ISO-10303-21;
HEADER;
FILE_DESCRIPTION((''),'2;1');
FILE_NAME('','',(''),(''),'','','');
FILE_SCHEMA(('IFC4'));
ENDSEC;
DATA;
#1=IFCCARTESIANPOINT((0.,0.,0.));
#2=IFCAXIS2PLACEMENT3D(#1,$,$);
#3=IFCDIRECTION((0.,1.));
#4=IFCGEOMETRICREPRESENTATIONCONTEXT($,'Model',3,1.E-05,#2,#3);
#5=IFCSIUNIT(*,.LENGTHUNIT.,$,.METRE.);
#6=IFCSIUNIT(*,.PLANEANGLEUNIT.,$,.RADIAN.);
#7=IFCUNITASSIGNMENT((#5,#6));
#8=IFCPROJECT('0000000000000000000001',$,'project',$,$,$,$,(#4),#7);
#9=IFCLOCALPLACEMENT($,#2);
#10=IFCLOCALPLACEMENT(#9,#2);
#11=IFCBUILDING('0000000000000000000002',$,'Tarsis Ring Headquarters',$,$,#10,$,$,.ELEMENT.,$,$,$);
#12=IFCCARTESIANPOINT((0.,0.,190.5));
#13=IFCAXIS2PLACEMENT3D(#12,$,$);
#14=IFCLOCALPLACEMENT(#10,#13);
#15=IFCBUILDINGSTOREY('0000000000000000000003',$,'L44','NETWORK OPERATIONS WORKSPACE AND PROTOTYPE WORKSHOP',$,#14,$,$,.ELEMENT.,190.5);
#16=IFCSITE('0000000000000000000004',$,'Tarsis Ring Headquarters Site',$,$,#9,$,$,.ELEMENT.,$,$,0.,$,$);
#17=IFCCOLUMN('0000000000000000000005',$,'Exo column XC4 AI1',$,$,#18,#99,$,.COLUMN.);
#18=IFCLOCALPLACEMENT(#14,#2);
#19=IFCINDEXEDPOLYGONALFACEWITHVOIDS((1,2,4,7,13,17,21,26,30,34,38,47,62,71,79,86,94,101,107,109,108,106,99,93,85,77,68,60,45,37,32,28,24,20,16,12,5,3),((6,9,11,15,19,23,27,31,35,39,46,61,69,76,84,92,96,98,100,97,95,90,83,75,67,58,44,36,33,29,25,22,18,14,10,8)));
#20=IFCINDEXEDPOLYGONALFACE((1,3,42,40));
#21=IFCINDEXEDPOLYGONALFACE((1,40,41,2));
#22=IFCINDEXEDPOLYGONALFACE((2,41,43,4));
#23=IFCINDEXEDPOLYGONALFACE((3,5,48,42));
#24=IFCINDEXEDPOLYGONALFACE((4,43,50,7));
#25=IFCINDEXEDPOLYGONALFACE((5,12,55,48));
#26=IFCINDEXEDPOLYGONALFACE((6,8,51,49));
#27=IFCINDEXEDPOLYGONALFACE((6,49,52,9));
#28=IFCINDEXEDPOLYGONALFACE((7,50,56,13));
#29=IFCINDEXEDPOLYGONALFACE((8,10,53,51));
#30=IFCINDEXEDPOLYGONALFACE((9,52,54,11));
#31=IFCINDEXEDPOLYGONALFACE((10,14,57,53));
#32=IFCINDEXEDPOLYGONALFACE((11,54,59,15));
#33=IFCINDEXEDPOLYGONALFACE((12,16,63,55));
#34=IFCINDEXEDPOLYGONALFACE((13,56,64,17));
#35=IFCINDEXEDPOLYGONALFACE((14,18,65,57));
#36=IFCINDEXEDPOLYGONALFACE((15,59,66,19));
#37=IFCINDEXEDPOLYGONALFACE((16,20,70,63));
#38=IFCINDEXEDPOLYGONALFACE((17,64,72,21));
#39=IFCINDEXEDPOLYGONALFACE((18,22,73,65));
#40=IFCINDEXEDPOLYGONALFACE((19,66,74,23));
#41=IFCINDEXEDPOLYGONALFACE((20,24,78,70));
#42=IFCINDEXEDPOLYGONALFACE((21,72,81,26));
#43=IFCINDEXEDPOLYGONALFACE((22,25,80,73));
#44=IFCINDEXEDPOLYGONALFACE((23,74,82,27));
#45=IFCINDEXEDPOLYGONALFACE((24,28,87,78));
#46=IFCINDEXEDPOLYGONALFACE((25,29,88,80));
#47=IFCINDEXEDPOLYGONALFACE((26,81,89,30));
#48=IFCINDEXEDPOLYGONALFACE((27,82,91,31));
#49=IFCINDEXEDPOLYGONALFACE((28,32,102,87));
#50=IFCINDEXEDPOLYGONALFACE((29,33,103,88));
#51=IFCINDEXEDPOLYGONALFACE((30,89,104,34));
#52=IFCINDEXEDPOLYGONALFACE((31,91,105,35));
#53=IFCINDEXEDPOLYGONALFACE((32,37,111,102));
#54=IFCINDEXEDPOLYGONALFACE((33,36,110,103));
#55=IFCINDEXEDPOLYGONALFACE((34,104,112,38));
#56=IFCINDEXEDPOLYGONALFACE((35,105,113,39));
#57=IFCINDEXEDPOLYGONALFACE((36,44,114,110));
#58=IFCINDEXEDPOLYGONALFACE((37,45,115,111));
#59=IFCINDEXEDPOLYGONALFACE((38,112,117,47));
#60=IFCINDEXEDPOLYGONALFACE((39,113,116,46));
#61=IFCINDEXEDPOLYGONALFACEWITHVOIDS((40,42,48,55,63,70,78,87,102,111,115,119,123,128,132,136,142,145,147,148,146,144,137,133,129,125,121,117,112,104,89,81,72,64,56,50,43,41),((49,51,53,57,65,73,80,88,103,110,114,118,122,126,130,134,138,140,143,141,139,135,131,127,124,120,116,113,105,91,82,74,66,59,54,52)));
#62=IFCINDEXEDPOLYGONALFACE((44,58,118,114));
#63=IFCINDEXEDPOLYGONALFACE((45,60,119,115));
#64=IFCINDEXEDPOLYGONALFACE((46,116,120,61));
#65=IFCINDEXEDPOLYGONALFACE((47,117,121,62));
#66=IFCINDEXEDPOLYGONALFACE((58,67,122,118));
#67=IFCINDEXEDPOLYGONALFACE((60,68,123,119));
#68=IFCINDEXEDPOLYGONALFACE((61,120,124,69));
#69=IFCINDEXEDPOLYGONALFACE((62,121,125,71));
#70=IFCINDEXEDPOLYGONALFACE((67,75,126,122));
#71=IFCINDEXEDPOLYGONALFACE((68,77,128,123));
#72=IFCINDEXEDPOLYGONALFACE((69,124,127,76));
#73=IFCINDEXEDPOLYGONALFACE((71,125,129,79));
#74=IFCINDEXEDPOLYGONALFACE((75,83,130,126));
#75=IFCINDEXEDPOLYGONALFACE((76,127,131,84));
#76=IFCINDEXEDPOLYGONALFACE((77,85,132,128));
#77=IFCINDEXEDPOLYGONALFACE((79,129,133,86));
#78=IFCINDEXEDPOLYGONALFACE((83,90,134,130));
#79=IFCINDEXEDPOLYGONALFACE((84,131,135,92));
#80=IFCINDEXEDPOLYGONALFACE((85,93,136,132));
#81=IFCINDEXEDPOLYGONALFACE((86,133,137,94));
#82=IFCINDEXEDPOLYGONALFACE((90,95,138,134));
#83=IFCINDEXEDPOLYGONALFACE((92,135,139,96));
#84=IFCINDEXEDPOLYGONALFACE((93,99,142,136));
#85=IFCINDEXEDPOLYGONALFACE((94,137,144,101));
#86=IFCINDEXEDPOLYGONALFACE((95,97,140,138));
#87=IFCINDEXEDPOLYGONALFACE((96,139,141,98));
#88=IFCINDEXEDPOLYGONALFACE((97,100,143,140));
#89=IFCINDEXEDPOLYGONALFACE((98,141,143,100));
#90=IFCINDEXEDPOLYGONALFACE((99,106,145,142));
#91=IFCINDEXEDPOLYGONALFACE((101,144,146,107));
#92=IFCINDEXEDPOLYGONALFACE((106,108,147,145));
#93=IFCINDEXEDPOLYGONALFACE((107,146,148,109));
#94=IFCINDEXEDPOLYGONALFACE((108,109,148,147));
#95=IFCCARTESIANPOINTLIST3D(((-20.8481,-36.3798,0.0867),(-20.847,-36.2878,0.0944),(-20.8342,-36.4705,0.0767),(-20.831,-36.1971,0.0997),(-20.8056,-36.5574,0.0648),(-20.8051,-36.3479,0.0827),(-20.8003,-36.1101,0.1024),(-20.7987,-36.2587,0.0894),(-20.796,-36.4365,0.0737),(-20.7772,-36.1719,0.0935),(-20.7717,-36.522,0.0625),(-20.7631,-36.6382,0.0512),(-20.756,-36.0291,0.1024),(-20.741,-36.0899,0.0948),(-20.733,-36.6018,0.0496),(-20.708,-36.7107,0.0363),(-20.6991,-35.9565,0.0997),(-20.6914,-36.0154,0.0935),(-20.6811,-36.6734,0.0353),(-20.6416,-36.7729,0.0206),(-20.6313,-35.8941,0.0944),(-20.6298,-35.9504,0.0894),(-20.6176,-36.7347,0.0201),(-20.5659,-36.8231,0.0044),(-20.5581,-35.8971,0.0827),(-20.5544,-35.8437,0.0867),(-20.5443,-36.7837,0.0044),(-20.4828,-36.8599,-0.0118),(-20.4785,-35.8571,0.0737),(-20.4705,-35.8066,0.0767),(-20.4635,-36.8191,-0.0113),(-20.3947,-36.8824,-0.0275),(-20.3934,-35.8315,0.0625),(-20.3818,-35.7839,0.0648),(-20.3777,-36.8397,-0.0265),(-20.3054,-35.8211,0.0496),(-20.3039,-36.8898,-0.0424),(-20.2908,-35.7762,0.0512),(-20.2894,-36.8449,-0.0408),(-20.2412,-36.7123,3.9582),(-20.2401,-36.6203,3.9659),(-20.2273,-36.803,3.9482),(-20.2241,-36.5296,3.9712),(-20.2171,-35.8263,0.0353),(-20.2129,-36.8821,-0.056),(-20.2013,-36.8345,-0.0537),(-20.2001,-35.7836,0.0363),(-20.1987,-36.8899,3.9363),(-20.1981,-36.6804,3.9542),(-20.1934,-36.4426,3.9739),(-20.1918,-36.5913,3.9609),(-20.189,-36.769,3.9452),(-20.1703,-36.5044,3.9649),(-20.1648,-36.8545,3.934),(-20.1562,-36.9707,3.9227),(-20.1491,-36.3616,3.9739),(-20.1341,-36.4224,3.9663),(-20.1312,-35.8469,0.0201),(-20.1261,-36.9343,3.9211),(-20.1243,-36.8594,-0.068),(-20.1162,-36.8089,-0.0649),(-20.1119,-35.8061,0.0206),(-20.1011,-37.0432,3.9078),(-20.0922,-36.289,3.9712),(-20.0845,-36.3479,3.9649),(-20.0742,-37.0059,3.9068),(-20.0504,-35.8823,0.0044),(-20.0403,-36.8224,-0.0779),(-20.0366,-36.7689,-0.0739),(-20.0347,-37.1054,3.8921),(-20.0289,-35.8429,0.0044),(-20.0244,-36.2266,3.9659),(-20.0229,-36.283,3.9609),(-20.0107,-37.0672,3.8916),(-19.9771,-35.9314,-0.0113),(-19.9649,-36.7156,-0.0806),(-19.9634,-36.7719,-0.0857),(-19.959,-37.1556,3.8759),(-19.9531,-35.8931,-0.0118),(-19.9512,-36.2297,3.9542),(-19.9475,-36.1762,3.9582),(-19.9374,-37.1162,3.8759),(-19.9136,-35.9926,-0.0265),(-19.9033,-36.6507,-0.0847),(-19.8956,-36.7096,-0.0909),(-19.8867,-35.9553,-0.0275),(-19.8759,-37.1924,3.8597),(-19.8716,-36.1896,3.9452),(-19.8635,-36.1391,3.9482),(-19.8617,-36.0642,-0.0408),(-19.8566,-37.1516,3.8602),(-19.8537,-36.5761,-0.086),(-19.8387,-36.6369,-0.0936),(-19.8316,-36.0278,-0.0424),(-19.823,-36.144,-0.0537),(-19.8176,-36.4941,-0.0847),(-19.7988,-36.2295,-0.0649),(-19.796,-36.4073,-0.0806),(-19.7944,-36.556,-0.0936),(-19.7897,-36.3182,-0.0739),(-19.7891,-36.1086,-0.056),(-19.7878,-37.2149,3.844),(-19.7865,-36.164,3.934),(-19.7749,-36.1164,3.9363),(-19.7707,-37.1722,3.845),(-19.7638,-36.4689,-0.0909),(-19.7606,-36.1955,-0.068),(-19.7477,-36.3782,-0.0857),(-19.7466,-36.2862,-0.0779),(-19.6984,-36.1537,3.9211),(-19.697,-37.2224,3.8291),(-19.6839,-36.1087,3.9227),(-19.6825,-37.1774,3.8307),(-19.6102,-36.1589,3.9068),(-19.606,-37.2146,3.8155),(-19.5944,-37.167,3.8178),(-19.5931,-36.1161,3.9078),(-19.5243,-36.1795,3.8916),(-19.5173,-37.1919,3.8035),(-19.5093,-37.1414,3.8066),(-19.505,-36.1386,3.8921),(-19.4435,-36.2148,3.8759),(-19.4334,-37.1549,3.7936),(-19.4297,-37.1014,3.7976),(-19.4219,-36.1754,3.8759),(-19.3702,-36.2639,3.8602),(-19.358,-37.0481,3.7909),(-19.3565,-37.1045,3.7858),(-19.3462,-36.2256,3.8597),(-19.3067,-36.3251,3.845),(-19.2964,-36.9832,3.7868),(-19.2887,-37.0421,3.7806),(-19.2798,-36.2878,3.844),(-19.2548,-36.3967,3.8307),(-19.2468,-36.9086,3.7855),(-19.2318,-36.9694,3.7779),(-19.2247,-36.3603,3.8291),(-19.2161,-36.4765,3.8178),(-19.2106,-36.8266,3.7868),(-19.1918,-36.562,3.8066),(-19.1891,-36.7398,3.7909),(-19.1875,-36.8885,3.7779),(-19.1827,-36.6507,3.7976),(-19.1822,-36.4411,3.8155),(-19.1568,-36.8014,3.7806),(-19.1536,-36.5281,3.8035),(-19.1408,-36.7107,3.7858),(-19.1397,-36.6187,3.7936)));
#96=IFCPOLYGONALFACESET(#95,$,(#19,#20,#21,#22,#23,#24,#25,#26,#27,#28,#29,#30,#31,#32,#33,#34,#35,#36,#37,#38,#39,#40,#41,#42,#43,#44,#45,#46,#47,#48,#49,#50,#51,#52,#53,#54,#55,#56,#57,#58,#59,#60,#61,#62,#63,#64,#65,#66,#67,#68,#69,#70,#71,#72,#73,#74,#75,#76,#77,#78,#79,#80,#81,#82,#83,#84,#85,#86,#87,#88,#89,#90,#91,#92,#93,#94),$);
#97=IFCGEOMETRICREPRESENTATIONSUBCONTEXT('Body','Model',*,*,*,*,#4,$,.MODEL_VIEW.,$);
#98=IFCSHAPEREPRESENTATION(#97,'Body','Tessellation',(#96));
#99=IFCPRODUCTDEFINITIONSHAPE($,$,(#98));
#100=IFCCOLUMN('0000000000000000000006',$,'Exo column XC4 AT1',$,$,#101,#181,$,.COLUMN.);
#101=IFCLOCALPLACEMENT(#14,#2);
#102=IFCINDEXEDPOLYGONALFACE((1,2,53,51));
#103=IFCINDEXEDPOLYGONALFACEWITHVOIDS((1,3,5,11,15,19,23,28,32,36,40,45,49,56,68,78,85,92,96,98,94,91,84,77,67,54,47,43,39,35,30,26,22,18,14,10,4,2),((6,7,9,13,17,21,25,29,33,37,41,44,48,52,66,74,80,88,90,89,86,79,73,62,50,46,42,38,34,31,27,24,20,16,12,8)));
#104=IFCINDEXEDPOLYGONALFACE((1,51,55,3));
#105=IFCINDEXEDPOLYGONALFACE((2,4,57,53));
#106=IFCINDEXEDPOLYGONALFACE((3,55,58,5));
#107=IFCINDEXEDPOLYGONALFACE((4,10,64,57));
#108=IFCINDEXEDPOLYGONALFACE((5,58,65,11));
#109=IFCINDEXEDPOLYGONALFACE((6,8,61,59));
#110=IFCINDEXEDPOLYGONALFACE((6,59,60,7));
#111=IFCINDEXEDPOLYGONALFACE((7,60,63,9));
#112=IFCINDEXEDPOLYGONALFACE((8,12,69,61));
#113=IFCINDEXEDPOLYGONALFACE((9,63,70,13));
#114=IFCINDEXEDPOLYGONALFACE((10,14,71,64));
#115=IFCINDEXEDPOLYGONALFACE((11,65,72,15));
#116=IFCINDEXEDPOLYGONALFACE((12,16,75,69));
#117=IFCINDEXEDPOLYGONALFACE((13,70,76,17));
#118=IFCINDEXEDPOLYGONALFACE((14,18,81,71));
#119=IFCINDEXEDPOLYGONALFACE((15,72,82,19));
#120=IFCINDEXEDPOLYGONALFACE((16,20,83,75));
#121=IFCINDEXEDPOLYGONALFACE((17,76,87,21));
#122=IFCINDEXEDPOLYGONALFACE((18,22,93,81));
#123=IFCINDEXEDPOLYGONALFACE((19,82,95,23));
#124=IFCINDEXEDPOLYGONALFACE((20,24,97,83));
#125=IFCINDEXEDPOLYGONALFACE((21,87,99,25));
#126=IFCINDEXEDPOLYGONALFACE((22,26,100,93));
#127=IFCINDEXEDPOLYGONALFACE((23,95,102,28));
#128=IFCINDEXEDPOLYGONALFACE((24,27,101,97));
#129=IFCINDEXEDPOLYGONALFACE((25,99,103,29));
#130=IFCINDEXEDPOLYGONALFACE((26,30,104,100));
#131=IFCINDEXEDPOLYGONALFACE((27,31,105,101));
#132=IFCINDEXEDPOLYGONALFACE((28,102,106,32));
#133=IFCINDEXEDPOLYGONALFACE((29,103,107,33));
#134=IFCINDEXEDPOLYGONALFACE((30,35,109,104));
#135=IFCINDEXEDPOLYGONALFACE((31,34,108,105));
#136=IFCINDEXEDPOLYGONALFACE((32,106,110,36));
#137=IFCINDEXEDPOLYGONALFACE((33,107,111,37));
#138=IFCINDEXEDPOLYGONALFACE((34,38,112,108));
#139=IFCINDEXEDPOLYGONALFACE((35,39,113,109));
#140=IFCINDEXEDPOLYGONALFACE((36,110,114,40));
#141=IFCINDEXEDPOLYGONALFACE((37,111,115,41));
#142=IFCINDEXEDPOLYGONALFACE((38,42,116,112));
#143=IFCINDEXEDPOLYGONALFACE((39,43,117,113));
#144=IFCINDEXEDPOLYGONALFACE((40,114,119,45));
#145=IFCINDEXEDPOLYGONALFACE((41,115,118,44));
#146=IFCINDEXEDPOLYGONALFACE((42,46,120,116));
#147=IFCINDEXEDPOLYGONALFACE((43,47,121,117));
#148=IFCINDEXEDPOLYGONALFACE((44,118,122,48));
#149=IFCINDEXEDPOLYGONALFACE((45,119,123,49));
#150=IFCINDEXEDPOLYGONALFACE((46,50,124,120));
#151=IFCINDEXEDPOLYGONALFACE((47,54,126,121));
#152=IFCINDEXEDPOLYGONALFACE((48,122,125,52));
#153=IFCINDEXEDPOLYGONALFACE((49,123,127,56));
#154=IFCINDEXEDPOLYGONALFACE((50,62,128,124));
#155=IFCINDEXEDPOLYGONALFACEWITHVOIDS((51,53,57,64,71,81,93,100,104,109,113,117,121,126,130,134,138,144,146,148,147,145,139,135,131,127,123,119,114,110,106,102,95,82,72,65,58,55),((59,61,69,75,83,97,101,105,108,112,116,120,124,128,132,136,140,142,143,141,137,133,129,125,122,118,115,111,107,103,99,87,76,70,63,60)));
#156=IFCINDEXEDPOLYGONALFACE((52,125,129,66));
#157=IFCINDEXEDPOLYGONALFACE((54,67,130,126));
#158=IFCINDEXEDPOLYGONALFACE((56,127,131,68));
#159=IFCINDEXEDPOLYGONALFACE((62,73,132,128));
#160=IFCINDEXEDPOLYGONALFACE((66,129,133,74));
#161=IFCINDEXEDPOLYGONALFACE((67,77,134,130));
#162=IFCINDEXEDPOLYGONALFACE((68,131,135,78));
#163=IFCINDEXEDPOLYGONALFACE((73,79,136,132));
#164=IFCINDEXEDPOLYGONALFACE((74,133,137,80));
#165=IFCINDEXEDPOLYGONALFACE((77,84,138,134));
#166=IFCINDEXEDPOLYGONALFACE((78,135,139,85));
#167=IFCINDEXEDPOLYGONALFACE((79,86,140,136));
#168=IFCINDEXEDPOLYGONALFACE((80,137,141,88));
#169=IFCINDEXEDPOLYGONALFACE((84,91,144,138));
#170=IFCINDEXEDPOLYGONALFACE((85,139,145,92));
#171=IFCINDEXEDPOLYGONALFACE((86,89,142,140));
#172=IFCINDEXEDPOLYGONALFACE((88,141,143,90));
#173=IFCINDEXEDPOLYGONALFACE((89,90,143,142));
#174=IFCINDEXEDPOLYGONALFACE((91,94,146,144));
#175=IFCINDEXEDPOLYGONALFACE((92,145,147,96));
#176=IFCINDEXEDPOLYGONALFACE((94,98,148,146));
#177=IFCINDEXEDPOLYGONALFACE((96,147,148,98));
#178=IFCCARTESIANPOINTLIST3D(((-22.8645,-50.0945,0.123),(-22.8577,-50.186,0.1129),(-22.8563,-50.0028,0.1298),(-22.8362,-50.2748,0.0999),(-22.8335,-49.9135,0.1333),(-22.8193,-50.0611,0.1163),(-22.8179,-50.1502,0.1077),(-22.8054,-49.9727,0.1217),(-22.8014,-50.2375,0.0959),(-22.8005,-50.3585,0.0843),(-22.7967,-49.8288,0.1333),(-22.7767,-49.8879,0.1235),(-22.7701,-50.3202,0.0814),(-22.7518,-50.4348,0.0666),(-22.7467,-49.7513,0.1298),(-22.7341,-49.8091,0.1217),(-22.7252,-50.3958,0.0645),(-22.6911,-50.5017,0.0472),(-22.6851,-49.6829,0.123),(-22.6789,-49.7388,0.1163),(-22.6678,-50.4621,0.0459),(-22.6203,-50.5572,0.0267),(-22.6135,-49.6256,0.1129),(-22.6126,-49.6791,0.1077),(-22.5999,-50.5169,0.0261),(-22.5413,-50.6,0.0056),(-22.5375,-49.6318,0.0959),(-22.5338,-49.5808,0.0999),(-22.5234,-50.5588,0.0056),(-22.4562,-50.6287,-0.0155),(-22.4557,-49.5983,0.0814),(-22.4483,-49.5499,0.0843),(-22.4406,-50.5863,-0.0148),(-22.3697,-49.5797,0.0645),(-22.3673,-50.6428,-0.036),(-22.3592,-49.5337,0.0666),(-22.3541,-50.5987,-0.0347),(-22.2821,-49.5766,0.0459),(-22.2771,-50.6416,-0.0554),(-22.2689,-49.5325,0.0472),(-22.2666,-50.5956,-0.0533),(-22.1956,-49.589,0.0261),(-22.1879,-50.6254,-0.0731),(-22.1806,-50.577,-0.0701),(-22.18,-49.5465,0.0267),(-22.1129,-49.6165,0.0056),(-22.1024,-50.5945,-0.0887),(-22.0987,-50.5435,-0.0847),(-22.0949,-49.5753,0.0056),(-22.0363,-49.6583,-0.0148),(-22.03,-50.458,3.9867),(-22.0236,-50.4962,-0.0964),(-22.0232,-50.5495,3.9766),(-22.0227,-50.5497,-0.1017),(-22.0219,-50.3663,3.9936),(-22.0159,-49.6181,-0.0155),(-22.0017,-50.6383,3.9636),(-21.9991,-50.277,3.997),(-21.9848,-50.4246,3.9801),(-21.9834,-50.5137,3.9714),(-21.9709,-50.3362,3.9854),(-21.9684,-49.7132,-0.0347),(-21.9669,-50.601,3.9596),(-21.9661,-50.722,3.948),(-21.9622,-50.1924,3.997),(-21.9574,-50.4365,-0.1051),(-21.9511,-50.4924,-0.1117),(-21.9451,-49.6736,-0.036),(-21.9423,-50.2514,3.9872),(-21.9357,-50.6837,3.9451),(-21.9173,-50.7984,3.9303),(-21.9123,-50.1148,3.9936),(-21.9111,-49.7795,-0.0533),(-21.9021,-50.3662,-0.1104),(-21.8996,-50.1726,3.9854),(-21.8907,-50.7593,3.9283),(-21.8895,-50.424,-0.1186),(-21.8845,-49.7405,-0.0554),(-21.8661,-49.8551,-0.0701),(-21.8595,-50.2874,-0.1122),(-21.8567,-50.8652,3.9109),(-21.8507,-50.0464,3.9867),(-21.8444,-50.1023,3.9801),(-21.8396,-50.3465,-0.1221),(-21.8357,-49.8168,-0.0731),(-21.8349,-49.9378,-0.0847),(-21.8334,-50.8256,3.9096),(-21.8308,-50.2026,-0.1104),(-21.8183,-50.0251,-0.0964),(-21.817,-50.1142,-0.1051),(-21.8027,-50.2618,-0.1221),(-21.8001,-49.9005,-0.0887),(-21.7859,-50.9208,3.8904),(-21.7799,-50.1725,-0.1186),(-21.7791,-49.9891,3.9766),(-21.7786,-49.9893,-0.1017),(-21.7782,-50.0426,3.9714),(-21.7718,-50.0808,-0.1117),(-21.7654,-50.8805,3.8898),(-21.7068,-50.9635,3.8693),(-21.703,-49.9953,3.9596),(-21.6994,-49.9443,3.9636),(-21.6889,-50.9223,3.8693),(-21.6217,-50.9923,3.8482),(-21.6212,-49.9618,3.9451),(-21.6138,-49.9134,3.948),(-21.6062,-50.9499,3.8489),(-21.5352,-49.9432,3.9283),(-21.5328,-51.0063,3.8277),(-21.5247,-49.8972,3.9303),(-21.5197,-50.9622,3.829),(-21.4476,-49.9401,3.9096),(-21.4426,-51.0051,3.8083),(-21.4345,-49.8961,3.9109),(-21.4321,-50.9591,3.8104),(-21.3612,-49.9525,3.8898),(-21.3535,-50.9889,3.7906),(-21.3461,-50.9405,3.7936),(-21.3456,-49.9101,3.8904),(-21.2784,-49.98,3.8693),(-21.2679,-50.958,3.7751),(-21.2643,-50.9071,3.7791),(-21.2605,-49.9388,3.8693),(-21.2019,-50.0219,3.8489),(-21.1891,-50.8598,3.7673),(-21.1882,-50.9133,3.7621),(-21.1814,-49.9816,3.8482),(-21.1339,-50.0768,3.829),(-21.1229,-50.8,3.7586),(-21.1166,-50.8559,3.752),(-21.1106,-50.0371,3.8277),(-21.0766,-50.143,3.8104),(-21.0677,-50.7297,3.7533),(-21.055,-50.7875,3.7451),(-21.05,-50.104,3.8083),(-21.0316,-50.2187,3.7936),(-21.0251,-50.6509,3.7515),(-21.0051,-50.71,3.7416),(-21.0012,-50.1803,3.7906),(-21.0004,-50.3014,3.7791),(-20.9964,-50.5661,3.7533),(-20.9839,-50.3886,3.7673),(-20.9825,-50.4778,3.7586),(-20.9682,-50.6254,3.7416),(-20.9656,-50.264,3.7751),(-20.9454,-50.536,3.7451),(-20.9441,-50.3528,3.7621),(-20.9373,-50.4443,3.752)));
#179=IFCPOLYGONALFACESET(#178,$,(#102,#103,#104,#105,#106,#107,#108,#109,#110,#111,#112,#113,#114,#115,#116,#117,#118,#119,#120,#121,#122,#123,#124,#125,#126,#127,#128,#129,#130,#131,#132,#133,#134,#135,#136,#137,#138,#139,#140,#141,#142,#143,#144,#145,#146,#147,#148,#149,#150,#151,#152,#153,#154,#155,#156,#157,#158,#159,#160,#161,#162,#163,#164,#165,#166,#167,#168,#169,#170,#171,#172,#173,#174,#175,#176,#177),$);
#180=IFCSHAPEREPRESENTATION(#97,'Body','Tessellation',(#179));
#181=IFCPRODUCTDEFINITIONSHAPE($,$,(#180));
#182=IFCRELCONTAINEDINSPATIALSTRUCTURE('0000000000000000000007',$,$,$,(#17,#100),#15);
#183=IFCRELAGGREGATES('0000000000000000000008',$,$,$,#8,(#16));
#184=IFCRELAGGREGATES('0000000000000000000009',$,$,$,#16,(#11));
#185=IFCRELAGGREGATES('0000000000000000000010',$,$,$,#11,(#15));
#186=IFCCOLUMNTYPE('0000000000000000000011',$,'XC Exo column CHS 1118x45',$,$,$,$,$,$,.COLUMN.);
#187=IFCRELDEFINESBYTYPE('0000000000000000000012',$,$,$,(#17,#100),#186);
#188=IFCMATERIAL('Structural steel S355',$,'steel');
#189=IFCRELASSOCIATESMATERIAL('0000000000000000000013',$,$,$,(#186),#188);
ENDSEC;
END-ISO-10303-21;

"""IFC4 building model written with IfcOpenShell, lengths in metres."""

from ifc_helpers import new_model, si_unit, direction, frame, origin, origin_2d, place, context, subcontext, project, spatial, hollow_circle, extrude, material, material_profile, profile_set, type_object, element, save


model = new_model("IFC4")

# Units and contexts
model_context = context("Model", 3, precision=1e-05, world=origin(), true_north=direction((0.0, 1.0)))
body_context = subcontext(model_context, "Body", "Model", "MODEL_VIEW")
ifc_project = project(units=[si_unit("LENGTHUNIT", "METRE"), si_unit("PLANEANGLEUNIT", "RADIAN")], contexts=[model_context])

# Site, building, storey
site_placement = place(None, origin())
site = spatial("IfcSite", under=ifc_project, at=site_placement, Name="Tarsis Ring Headquarters Site", CompositionType="ELEMENT", RefElevation=0.0)
building_placement = place(site_placement, origin())
building = spatial("IfcBuilding", under=site, at=building_placement, Name="Tarsis Ring Headquarters", CompositionType="ELEMENT")
storey_placement = place(building_placement, frame((0.0, 0.0, 190.5)))
storey = spatial("IfcBuildingStorey", under=building, at=storey_placement, Name="L44", Description="NETWORK OPERATIONS WORKSPACE AND PROTOTYPE WORKSHOP", CompositionType="ELEMENT", Elevation=190.5)

# Columns
ifc_material_1 = material(Name="Structural steel S355", Category="steel")
ifc_material_profile_1 = material_profile(ifc_material_1, hollow_circle(Radius=0.5588, WallThickness=0.0449, at=origin_2d()), Name="CHS 1118x45")
ifc_profile_set_1 = profile_set([ifc_material_profile_1], Name="Structural steel S355")
column_type = type_object("IfcColumnType", Name="XC Exo column CHS 1118x45", PredefinedType="COLUMN", material=ifc_profile_set_1)
column_1_placement = place(storey_placement, frame((-20.2974, -36.333, 0.0044), z_axis=(0.15432, -0.084547, 0.984397), x_axis=(0.480483, 0.877004, 0.0)))
element("IfcColumn", 1, at=column_1_placement, inside=storey, type_object=column_type, Name="Exo column XC4 AI1", PredefinedType="COLUMN", context=body_context, shape_type="SweptSolid", body=[
    extrude(hollow_circle(Radius=0.5588, WallThickness=0.0449, at=origin_2d()), origin(), (0.0, 0.0, 1.0), 3.9329),
])
column_2_placement = place(storey_placement, frame((-22.3181, -50.0876, 0.0056), z_axis=(0.210219, -0.091579, 0.973356), x_axis=(0.399383, 0.916784, 0.0)))
element("IfcColumn", 2, at=column_2_placement, inside=storey, type_object=column_type, Name="Exo column XC4 AT1", PredefinedType="COLUMN", context=body_context, shape_type="SweptSolid", body=[
    extrude(hollow_circle(Radius=0.5588, WallThickness=0.0449, at=origin_2d()), origin(), (0.0, 0.0, 1.0), 3.9695),
])

save(model, "model.ifc")
